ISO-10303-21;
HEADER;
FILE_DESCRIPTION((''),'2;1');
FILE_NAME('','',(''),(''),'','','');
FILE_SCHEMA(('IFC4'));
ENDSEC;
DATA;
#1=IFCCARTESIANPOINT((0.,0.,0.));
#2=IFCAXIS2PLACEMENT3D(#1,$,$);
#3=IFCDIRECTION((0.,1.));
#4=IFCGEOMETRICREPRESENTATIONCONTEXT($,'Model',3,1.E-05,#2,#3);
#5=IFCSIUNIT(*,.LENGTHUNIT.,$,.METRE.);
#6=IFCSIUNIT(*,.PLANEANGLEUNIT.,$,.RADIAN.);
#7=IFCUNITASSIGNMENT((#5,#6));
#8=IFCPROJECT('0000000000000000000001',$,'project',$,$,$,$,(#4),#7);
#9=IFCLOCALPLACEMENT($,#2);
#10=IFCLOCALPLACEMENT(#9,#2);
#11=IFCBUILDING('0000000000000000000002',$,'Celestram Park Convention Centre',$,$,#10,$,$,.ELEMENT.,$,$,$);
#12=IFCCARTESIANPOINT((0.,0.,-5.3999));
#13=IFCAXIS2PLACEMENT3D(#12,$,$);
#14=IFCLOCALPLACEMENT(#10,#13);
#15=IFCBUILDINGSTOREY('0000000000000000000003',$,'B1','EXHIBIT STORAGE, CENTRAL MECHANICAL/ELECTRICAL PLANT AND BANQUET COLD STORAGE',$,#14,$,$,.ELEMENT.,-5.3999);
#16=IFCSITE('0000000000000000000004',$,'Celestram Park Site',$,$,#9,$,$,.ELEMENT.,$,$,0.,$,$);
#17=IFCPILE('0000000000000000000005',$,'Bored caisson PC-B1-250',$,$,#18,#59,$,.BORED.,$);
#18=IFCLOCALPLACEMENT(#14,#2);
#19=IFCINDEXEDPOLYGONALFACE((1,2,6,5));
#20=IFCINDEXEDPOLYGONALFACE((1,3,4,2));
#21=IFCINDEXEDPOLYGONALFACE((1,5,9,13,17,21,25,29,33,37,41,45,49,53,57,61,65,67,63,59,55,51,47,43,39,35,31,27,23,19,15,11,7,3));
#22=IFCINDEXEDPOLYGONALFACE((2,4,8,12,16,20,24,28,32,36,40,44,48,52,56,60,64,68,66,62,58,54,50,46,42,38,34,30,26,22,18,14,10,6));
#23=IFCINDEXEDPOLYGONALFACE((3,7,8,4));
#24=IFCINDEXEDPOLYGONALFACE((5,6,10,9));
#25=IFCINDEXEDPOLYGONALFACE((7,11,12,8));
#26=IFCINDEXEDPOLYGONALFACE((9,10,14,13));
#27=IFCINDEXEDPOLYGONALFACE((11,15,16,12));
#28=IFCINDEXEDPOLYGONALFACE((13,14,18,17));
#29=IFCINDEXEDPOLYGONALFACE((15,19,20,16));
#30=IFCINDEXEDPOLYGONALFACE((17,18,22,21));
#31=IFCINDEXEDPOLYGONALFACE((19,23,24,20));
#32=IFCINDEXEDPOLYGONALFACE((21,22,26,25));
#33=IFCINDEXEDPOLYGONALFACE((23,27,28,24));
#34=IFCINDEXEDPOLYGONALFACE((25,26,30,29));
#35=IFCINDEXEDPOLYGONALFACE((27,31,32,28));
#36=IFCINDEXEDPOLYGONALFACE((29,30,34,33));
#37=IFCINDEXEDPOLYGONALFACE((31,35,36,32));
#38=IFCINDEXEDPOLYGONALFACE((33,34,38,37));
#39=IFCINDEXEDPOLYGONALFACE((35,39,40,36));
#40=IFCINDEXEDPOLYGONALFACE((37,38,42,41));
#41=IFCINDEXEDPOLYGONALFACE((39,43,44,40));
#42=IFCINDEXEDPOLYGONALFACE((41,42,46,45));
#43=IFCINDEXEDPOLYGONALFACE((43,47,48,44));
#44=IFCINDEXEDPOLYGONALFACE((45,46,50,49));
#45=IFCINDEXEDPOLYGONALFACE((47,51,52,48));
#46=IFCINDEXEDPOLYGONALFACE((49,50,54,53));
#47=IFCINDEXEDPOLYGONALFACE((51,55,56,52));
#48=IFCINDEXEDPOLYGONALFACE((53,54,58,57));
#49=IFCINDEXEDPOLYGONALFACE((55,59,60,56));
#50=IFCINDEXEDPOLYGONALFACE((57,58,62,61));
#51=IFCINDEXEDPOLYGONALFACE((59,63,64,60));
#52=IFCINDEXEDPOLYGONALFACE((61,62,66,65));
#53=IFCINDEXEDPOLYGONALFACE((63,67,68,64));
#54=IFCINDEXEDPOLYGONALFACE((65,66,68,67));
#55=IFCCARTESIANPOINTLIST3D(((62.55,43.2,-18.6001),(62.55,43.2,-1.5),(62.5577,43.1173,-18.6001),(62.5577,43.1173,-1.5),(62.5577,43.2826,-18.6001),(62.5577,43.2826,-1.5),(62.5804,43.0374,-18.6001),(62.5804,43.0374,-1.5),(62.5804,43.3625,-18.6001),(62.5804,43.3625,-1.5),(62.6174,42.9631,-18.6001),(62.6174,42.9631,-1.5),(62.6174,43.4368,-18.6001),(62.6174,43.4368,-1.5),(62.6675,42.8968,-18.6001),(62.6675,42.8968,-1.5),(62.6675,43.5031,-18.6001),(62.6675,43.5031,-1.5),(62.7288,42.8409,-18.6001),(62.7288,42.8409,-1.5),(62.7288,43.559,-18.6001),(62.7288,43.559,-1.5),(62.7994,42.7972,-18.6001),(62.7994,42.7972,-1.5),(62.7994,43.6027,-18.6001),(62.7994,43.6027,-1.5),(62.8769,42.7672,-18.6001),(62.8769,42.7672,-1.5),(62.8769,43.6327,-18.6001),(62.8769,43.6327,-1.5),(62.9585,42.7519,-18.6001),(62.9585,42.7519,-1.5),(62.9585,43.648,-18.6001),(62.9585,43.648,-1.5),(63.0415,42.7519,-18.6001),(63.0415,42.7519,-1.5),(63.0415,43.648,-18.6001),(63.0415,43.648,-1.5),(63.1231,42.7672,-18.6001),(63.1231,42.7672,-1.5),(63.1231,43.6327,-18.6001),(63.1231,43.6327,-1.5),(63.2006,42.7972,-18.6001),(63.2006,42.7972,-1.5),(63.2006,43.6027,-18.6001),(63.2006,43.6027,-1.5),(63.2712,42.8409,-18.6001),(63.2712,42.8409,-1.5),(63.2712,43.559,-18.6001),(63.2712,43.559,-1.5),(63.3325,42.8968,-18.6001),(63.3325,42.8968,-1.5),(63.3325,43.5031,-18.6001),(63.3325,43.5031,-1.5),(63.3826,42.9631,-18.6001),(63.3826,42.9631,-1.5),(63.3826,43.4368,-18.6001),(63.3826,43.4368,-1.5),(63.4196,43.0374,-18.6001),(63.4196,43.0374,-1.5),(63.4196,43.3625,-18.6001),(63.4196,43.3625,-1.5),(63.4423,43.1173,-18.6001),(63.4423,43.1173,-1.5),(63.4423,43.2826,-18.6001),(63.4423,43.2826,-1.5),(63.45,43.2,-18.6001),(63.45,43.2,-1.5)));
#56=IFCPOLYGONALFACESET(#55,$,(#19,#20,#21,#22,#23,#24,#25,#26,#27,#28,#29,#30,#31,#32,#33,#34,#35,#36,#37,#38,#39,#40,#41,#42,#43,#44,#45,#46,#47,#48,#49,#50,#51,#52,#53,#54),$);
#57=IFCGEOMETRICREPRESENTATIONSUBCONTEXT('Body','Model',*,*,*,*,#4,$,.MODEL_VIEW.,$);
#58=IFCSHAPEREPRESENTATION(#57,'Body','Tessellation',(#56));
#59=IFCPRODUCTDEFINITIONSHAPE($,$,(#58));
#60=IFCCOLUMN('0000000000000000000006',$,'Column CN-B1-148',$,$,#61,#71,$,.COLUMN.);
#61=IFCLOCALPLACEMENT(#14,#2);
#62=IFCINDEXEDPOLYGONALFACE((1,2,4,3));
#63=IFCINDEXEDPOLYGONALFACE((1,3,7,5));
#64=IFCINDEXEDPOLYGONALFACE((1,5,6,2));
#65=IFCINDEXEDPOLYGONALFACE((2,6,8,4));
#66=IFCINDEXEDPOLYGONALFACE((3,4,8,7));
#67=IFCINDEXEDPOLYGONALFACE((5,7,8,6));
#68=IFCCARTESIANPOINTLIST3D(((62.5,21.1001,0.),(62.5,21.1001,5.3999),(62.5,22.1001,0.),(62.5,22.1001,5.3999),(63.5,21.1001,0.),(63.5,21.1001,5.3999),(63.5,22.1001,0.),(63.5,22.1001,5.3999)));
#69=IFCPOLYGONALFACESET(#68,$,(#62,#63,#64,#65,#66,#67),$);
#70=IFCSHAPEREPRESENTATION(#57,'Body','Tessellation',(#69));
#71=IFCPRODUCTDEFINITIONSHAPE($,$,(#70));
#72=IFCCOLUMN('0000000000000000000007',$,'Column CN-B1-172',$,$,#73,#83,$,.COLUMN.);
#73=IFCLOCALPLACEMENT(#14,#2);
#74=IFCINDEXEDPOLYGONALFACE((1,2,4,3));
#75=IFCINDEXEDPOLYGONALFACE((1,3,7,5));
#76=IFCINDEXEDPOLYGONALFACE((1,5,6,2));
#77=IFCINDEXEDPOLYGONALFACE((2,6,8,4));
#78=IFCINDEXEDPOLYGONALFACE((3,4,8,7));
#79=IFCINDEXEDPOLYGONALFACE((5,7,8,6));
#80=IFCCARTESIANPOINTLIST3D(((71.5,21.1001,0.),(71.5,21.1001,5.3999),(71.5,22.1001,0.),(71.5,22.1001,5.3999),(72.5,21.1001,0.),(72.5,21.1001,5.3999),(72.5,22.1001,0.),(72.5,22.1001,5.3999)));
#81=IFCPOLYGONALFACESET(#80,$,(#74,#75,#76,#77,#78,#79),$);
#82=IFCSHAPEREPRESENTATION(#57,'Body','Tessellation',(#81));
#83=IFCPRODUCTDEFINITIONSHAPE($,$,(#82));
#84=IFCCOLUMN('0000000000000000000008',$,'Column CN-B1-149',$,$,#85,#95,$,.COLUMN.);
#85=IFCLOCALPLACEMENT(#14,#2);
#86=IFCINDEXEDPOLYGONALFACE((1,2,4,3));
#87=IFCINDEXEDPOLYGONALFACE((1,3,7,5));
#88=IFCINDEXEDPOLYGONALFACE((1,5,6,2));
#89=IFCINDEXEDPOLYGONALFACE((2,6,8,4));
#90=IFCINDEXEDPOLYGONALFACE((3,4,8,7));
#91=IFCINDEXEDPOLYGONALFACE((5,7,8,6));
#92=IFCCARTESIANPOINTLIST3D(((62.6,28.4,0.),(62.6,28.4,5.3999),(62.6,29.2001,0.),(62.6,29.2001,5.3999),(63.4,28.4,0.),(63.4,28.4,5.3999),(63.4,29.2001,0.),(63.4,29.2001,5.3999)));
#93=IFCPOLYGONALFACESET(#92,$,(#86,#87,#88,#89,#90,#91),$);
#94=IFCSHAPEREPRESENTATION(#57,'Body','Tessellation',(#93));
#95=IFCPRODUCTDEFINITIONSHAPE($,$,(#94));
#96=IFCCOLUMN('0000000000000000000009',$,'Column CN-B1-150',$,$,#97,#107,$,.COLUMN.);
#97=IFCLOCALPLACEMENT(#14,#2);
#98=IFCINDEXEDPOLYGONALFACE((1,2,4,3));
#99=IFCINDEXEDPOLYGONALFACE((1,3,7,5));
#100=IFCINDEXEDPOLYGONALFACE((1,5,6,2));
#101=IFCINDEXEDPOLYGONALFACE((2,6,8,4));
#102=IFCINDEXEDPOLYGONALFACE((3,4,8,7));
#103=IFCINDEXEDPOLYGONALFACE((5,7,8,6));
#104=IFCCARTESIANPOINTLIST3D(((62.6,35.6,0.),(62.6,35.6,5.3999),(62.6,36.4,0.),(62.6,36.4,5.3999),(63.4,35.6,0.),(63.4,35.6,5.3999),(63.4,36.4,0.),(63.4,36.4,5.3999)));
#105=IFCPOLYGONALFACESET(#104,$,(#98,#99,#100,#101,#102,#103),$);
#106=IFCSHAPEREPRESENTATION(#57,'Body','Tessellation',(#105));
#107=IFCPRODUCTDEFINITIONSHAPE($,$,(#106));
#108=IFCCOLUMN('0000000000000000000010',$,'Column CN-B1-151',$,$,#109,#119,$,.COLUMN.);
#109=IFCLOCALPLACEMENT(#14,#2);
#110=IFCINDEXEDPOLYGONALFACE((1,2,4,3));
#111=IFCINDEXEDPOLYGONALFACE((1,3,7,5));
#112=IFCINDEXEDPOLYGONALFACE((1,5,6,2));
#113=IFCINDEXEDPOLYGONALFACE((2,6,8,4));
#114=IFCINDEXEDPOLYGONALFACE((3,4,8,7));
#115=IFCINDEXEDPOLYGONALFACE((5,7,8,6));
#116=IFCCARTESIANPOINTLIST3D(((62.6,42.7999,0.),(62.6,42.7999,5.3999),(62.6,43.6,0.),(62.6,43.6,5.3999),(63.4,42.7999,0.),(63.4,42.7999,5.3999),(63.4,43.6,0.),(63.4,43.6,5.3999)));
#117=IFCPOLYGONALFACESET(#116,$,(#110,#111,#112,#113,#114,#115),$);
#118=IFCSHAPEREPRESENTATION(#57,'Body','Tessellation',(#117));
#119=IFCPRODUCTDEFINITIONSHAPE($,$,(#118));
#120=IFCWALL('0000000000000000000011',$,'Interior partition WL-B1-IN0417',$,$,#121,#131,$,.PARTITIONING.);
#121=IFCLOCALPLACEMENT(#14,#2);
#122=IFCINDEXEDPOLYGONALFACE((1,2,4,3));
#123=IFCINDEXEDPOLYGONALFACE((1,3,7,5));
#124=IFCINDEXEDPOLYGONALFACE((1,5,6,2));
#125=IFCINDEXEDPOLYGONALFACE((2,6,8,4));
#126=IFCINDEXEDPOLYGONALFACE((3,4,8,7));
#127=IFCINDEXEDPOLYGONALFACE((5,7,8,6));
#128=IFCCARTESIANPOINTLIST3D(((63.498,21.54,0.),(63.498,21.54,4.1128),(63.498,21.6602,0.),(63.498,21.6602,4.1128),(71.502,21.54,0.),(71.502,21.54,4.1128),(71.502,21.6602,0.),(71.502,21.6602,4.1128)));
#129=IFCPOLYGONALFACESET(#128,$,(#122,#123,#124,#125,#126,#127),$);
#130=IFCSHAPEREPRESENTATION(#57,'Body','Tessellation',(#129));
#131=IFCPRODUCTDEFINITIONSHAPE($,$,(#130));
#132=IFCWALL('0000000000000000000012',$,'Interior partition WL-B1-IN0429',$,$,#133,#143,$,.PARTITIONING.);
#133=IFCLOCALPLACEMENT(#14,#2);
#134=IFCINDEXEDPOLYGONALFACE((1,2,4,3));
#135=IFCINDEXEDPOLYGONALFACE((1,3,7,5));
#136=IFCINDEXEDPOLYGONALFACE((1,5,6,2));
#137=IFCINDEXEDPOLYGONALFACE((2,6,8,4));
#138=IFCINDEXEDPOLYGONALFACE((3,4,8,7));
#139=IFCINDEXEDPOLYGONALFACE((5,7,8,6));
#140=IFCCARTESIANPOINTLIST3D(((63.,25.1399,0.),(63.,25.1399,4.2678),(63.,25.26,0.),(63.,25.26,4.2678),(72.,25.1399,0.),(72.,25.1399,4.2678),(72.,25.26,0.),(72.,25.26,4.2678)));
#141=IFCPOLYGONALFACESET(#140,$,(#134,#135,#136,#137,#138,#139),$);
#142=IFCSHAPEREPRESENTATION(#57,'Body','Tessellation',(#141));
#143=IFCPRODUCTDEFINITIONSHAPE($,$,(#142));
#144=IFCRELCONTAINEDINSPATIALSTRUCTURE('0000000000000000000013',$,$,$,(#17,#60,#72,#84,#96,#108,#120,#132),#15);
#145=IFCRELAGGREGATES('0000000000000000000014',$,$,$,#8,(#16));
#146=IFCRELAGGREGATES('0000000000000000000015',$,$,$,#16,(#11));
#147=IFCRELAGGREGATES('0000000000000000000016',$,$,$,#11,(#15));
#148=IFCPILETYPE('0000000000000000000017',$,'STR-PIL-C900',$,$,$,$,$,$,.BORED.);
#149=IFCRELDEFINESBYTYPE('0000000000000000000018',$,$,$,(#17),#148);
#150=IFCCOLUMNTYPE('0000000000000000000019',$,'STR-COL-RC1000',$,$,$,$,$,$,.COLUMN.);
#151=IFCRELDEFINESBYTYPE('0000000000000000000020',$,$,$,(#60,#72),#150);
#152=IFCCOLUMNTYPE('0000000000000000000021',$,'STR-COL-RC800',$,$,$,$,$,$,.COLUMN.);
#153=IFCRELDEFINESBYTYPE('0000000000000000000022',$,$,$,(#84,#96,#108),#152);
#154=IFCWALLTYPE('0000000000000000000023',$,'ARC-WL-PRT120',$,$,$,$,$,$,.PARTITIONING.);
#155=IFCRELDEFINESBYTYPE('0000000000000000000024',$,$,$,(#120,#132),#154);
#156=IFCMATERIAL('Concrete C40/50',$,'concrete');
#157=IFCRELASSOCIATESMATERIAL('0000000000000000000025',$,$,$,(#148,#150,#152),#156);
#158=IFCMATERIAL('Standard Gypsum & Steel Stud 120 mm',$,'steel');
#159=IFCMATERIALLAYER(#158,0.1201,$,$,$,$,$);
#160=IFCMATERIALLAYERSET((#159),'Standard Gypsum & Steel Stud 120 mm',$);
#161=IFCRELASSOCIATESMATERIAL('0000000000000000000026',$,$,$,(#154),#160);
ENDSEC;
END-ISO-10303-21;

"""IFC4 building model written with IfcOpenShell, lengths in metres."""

from ifc_helpers import new_model, si_unit, direction, frame, frame_2d, origin, origin_2d, place, context, subcontext, project, spatial, rectangle, circle, extrude, material, layer, layer_set, material_profile, profile_set, type_object, element, save


model = new_model("IFC4")

# Units and contexts
model_context = context("Model", 3, precision=1e-05, world=origin(), true_north=direction((0.0, 1.0)))
body_context = subcontext(model_context, "Body", "Model", "MODEL_VIEW")
ifc_project = project(units=[si_unit("LENGTHUNIT", "METRE"), si_unit("PLANEANGLEUNIT", "RADIAN")], contexts=[model_context])

# Site, building, storey
site_placement = place(None, origin())
site = spatial("IfcSite", under=ifc_project, at=site_placement, Name="Celestram Park Site", CompositionType="ELEMENT", RefElevation=0.0)
building_placement = place(site_placement, origin())
building = spatial("IfcBuilding", under=site, at=building_placement, Name="Celestram Park Convention Centre", CompositionType="ELEMENT")
storey_placement = place(building_placement, frame((0.0, 0.0, -5.3999)))
storey = spatial("IfcBuildingStorey", under=building, at=storey_placement, Name="B1", Description="EXHIBIT STORAGE, CENTRAL MECHANICAL/ELECTRICAL PLANT AND BANQUET COLD STORAGE", CompositionType="ELEMENT", Elevation=-5.3999)

# Shared definitions
ifc_material_1 = material(Name="Concrete C40/50", Category="concrete")

# Pile
ifc_material_profile_1 = material_profile(ifc_material_1, circle(Radius=0.45, at=origin_2d()), Name="CAISSON900")
ifc_profile_set_1 = profile_set([ifc_material_profile_1], Name="Concrete C40/50")
pile_type_1 = type_object("IfcPileType", Name="STR-PIL-C900", PredefinedType="BORED", material=ifc_profile_set_1)
for number, where, z_axis, x_axis, name in (
    (1, (63.0, 43.2, -1.5), (0.0, 0.0, -1.0), (1.0, 0.0, 0.0), "Bored caisson PC-B1-250"),
):
    element("IfcPile", number, at=place(storey_placement, frame(where, z_axis=z_axis, x_axis=x_axis)), inside=storey, type_object=pile_type_1, Name=name, PredefinedType="BORED", context=body_context, shape_type="SweptSolid", body=[
        extrude(circle(Radius=0.45, at=origin_2d()), origin(), (0.0, 0.0, 1.0), 17.1001),
    ])

# Columns
ifc_material_profile_2 = material_profile(ifc_material_1, rectangle(XDim=1.0, YDim=1.0, at=origin_2d()), Name="RC1000X1000")
ifc_profile_set_2 = profile_set([ifc_material_profile_2], Name="Concrete C40/50")
column_type_1 = type_object("IfcColumnType", Name="STR-COL-RC1000", PredefinedType="COLUMN", material=ifc_profile_set_2)
for number, where, z_axis, x_axis, name in (
    (2, (63.0, 21.6001, 0.0), (0.0, 0.0, 1.0), (1.0, 0.0, 0.0), "Column CN-B1-148"),
    (3, (72.0, 21.6001, 0.0), (0.0, 0.0, 1.0), (1.0, 0.0, 0.0), "Column CN-B1-172"),
):
    element("IfcColumn", number, at=place(storey_placement, frame(where, z_axis=z_axis, x_axis=x_axis)), inside=storey, type_object=column_type_1, Name=name, PredefinedType="COLUMN", context=body_context, shape_type="SweptSolid", body=[
        extrude(rectangle(XDim=1.0, YDim=1.0, at=origin_2d()), origin(), (0.0, 0.0, 1.0), 5.3999),
    ])
ifc_material_profile_3 = material_profile(ifc_material_1, rectangle(XDim=0.8, YDim=0.8, at=origin_2d()), Name="RC800X800")
ifc_profile_set_3 = profile_set([ifc_material_profile_3], Name="Concrete C40/50")
column_type_2 = type_object("IfcColumnType", Name="STR-COL-RC800", PredefinedType="COLUMN", material=ifc_profile_set_3)
for number, where, z_axis, x_axis, name in (
    (4, (63.0, 28.8, 0.0), (0.0, 0.0, 1.0), (1.0, 0.0, 0.0), "Column CN-B1-149"),
    (5, (63.0, 36.0, 0.0), (0.0, 0.0, 1.0), (1.0, 0.0, 0.0), "Column CN-B1-150"),
    (6, (63.0, 43.2, 0.0), (0.0, 0.0, 1.0), (1.0, 0.0, 0.0), "Column CN-B1-151"),
):
    element("IfcColumn", number, at=place(storey_placement, frame(where, z_axis=z_axis, x_axis=x_axis)), inside=storey, type_object=column_type_2, Name=name, PredefinedType="COLUMN", context=body_context, shape_type="SweptSolid", body=[
        extrude(rectangle(XDim=0.8, YDim=0.8, at=origin_2d()), origin(), (0.0, 0.0, 1.0), 5.3999),
    ])

# Walls
ifc_material_2 = material(Name="Standard Gypsum & Steel Stud 120 mm", Category="steel")
ifc_layer = layer(ifc_material_2, 0.1201)
ifc_layer_set = layer_set([ifc_layer], Name="Standard Gypsum & Steel Stud 120 mm")
wall_type = type_object("IfcWallType", Name="ARC-WL-PRT120", PredefinedType="PARTITIONING", material=ifc_layer_set)
wall_1_placement = place(storey_placement, frame((63.498, 21.6001, 0.0), z_axis=(0.0, 0.0, 1.0), x_axis=(1.0, 0.0, 0.0)))
element("IfcWall", 7, at=wall_1_placement, inside=storey, type_object=wall_type, Name="Interior partition WL-B1-IN0417", PredefinedType="PARTITIONING", context=body_context, shape_type="SweptSolid", body=[
    extrude(rectangle(XDim=8.0039, YDim=0.1201, at=frame_2d((4.002, 0.0))), origin(), (0.0, 0.0, 1.0), 4.1128),
])
wall_2_placement = place(storey_placement, frame((63.0, 25.2, 0.0), z_axis=(0.0, 0.0, 1.0), x_axis=(1.0, 0.0, 0.0)))
element("IfcWall", 8, at=wall_2_placement, inside=storey, type_object=wall_type, Name="Interior partition WL-B1-IN0429", PredefinedType="PARTITIONING", context=body_context, shape_type="SweptSolid", body=[
    extrude(rectangle(XDim=9.0, YDim=0.1201, at=frame_2d((4.5, 0.0))), origin(), (0.0, 0.0, 1.0), 4.2678),
])

save(model, "model.ifc")
